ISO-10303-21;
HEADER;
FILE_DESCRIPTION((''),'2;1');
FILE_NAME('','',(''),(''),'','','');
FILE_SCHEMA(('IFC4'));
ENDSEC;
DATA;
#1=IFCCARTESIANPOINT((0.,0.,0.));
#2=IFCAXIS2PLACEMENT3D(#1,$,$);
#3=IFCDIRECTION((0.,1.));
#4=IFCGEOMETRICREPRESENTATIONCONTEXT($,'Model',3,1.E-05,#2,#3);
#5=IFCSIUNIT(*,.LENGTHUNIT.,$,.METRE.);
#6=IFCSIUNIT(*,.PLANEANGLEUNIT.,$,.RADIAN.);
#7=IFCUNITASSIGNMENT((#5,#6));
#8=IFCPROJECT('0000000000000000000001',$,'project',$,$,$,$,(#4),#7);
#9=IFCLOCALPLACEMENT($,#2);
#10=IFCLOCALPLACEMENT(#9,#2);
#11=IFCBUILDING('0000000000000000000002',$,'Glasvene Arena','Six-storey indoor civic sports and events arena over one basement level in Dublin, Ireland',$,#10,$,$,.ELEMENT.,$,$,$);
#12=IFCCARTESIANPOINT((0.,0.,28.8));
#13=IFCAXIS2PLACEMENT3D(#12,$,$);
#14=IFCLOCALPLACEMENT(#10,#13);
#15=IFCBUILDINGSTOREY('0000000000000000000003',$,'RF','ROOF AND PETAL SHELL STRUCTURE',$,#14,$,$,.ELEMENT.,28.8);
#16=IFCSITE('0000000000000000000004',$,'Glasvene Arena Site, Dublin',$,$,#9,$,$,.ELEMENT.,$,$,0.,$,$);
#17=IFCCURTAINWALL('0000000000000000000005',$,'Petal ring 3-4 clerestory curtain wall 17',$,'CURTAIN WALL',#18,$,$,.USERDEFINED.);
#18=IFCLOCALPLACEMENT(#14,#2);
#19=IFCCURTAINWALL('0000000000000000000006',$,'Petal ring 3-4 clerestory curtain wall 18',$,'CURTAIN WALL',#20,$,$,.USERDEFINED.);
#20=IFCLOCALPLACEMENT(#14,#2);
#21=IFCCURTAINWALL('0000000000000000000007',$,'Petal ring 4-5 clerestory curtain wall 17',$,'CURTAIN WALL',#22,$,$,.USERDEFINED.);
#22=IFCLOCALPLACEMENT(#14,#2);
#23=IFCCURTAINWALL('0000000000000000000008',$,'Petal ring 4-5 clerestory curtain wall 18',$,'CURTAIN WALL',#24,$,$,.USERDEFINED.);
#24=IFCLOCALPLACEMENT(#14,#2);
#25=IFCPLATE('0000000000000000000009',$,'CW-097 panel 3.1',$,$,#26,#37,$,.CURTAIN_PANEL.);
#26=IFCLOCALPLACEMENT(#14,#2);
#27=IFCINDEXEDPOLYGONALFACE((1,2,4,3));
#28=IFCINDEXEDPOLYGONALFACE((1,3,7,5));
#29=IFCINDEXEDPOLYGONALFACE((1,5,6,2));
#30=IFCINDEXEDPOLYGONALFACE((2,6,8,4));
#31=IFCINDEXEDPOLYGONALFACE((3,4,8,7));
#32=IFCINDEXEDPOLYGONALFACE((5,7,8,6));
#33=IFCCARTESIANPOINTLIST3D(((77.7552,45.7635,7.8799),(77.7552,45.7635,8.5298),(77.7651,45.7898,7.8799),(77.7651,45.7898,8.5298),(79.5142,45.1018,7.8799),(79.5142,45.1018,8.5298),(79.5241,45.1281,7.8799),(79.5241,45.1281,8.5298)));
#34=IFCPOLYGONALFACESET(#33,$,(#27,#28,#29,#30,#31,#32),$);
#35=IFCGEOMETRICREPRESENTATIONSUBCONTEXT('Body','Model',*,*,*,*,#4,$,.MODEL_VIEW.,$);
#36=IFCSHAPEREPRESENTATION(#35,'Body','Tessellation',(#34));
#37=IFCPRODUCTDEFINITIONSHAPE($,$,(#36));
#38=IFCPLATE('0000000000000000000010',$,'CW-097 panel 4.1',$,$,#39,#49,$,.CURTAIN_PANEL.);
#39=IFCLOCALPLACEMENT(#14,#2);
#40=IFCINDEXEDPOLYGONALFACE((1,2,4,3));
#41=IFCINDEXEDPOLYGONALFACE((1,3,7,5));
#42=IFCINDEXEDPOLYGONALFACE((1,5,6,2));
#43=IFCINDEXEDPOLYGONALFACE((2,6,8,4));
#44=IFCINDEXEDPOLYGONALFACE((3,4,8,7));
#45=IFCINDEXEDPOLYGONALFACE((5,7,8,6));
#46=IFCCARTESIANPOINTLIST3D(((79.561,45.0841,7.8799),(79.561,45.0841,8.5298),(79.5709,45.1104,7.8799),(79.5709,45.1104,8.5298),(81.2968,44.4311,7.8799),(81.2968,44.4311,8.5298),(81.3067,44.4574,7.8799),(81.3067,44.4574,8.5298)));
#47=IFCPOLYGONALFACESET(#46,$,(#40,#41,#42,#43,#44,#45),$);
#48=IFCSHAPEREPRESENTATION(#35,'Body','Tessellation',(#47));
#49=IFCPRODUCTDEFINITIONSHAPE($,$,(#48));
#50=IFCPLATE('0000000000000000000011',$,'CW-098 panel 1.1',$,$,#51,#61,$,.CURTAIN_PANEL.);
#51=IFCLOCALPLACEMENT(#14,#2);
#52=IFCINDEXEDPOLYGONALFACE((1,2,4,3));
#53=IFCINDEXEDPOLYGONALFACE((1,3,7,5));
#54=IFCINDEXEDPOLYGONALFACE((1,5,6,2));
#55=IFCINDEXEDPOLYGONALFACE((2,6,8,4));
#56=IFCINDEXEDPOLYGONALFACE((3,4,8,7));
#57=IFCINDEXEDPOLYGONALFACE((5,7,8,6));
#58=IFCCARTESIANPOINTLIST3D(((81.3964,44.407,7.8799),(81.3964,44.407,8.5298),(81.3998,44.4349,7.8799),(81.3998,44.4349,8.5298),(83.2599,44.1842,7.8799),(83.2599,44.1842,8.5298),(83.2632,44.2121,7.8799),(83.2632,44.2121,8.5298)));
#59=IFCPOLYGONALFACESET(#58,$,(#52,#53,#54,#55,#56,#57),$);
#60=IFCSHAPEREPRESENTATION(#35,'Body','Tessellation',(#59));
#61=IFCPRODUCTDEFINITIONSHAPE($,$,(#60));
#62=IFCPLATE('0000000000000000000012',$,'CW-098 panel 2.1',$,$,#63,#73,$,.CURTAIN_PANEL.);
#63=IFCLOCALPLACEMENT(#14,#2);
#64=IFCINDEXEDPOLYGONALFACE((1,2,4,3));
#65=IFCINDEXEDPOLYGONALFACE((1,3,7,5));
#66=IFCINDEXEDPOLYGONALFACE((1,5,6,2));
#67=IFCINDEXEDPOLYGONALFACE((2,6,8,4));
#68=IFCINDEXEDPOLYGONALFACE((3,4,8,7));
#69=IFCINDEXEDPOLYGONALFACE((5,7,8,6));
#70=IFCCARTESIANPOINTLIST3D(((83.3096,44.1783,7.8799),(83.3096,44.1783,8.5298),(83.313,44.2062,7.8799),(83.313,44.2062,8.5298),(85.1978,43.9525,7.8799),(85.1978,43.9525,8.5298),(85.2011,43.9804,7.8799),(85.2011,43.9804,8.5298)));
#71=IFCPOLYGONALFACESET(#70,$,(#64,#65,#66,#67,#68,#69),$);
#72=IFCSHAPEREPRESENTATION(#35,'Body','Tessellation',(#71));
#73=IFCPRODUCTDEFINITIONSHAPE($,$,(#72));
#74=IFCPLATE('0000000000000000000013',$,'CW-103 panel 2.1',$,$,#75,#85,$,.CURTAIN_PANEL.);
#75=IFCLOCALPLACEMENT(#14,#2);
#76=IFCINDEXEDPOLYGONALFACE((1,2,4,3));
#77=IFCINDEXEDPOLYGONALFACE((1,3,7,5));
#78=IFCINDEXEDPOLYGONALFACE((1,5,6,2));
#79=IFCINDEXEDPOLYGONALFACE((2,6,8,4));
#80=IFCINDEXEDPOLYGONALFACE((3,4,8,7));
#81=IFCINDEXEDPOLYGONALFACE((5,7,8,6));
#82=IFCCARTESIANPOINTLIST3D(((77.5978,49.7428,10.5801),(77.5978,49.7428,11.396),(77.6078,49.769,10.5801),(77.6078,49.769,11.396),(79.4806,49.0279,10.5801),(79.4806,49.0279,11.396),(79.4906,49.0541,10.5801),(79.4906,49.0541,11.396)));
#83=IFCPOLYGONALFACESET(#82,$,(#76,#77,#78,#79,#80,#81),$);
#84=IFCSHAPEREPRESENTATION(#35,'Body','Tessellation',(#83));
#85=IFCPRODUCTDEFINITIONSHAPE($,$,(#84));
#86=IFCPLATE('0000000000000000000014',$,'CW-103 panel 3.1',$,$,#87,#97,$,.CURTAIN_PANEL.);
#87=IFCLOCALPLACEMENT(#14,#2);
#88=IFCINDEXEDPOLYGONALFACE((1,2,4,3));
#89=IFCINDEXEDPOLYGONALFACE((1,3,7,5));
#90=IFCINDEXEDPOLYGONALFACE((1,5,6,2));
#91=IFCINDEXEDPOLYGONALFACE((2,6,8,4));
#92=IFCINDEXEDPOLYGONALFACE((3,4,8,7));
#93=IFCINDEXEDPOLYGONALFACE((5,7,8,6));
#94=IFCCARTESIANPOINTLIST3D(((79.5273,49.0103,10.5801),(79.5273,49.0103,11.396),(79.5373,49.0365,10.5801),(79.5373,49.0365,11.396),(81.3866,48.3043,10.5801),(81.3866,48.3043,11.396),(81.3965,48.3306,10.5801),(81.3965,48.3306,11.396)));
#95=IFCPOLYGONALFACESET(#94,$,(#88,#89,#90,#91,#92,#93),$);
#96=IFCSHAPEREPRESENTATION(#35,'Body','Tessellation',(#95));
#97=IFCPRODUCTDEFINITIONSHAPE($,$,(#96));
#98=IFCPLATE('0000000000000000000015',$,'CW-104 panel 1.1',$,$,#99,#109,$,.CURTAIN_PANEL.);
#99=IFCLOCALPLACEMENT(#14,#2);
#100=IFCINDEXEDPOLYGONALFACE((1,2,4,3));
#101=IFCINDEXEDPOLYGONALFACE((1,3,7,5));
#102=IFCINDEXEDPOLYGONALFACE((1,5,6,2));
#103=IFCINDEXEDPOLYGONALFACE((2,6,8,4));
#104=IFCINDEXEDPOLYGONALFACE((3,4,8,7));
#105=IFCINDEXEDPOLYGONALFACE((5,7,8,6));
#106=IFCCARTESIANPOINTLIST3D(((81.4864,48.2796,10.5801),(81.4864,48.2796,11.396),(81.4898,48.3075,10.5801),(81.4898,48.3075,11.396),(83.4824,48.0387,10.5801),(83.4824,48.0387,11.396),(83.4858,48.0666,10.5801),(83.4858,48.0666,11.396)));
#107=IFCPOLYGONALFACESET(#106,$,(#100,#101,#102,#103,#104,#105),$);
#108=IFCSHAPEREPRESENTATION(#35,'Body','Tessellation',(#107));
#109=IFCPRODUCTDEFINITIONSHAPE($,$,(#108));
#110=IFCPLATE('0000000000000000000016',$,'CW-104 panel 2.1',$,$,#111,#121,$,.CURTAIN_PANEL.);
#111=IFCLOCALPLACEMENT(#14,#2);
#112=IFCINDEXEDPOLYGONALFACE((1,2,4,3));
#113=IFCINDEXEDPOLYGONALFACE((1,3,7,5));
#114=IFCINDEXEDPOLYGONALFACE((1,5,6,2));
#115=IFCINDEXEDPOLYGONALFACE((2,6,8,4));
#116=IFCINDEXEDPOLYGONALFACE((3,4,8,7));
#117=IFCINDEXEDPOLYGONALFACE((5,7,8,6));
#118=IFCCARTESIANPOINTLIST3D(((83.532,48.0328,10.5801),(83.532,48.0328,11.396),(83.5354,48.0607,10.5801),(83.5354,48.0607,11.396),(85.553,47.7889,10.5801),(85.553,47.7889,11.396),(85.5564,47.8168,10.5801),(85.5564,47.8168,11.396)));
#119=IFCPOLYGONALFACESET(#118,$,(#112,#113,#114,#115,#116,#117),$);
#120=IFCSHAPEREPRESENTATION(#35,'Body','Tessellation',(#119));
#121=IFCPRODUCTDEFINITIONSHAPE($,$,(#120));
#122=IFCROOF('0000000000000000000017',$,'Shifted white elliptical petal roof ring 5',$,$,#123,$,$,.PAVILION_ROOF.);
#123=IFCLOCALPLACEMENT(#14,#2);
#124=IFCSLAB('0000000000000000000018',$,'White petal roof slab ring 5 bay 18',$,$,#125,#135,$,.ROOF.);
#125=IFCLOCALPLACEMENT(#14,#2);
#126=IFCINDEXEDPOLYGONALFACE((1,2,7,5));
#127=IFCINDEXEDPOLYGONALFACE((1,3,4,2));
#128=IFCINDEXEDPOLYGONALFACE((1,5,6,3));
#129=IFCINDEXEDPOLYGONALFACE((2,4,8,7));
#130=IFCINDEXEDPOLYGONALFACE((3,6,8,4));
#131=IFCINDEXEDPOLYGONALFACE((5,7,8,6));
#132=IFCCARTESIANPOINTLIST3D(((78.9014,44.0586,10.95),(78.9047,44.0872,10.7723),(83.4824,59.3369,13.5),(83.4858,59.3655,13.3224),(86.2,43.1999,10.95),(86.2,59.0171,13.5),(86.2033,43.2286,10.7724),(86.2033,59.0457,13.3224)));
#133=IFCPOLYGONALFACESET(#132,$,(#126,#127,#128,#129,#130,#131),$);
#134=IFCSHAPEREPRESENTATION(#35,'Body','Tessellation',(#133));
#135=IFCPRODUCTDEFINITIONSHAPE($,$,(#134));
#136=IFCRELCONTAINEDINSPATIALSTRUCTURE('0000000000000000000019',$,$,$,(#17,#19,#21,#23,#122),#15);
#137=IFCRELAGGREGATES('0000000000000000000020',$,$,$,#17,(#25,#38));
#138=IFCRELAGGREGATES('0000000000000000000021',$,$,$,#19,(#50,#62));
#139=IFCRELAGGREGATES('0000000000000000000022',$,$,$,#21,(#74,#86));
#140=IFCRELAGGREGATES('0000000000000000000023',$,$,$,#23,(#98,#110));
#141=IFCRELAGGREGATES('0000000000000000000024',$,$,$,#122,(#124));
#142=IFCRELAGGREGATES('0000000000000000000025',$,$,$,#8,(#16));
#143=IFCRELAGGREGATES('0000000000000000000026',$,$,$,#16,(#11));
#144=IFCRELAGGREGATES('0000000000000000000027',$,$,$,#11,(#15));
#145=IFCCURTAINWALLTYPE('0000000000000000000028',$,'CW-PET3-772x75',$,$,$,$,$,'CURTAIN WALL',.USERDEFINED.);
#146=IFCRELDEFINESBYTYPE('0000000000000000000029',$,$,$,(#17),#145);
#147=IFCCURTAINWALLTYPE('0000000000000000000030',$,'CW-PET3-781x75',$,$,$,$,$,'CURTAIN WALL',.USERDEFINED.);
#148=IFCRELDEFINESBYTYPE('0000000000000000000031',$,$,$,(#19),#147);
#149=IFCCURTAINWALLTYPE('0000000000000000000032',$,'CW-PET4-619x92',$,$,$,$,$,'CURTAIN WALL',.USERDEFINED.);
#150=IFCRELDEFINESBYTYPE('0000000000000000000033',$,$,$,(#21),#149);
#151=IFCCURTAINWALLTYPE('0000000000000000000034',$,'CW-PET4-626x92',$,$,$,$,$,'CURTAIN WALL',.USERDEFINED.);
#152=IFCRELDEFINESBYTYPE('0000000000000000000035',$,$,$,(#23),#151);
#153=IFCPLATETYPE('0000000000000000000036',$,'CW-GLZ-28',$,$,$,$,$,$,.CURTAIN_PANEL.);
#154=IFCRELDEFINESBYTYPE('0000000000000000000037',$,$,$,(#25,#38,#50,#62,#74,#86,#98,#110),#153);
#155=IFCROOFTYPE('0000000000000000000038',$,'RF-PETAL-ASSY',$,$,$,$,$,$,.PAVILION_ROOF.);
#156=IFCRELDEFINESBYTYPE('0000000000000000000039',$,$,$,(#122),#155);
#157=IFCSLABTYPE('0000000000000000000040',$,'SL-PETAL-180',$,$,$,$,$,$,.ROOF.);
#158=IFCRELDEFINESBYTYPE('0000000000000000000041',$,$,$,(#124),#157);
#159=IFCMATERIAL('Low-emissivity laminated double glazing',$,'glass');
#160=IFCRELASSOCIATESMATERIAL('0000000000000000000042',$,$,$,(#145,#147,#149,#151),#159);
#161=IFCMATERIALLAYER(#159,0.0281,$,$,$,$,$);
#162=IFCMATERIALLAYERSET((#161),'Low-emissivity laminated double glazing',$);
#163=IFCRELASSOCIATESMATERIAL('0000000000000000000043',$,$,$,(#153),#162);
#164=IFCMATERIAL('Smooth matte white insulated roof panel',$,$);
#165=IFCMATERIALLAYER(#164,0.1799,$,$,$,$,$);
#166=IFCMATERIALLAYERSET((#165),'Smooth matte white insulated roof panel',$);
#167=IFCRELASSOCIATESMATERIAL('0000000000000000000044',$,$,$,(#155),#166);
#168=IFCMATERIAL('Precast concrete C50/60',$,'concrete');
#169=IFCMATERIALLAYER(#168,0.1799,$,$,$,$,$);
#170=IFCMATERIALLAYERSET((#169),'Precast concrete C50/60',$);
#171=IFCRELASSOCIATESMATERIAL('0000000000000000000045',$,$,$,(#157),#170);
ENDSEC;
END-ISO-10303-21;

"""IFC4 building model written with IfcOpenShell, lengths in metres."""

from ifc_helpers import new_model, si_unit, direction, frame, origin, origin_2d, place, context, subcontext, project, spatial, polyline, rectangle, outline, extrude, material, layer, layer_set, type_object, element, aggregate, save


model = new_model("IFC4")

# Units and contexts
model_context = context("Model", 3, precision=1e-05, world=origin(), true_north=direction((0.0, 1.0)))
body_context = subcontext(model_context, "Body", "Model", "MODEL_VIEW")
ifc_project = project(units=[si_unit("LENGTHUNIT", "METRE"), si_unit("PLANEANGLEUNIT", "RADIAN")], contexts=[model_context])

# Site, building, storey
site_placement = place(None, origin())
site = spatial("IfcSite", under=ifc_project, at=site_placement, Name="Glasvene Arena Site, Dublin", CompositionType="ELEMENT", RefElevation=0.0)
building_placement = place(site_placement, origin())
building = spatial("IfcBuilding", under=site, at=building_placement, Name="Glasvene Arena", Description="Six-storey indoor civic sports and events arena over one basement level in Dublin, Ireland", CompositionType="ELEMENT")
storey_placement = place(building_placement, frame((0.0, 0.0, 28.8)))
storey = spatial("IfcBuildingStorey", under=building, at=storey_placement, Name="RF", Description="ROOF AND PETAL SHELL STRUCTURE", CompositionType="ELEMENT", Elevation=28.8)

# Curtain walls
ifc_material_1 = material(Name="Low-emissivity laminated double glazing", Category="glass")
curtain_wall_type_1 = type_object("IfcCurtainWallType", Name="CW-PET3-772x75", ElementType="CURTAIN WALL", PredefinedType="USERDEFINED", material=ifc_material_1)
curtain_wall_1_placement = place(storey_placement, frame((74.125, 47.144, 0.0)))
curtain_wall_1 = element("IfcCurtainWall", 1, at=curtain_wall_1_placement, inside=storey, type_object=curtain_wall_type_1, Name="Petal ring 3-4 clerestory curtain wall 17", ObjectType="CURTAIN WALL", PredefinedType="USERDEFINED")
curtain_wall_type_2 = type_object("IfcCurtainWallType", Name="CW-PET3-781x75", ElementType="CURTAIN WALL", PredefinedType="USERDEFINED", material=ifc_material_1)
curtain_wall_2_placement = place(storey_placement, frame((81.3484, 44.4268, 0.0)))
curtain_wall_2 = element("IfcCurtainWall", 2, at=curtain_wall_2_placement, inside=storey, type_object=curtain_wall_type_2, Name="Petal ring 3-4 clerestory curtain wall 18", ObjectType="CURTAIN WALL", PredefinedType="USERDEFINED")
curtain_wall_type_3 = type_object("IfcCurtainWallType", Name="CW-PET4-619x92", ElementType="CURTAIN WALL", PredefinedType="USERDEFINED", material=ifc_material_1)
curtain_wall_3_placement = place(storey_placement, frame((75.6499, 50.4973, 0.0)))
curtain_wall_3 = element("IfcCurtainWall", 3, at=curtain_wall_3_placement, inside=storey, type_object=curtain_wall_type_3, Name="Petal ring 4-5 clerestory curtain wall 17", ObjectType="CURTAIN WALL", PredefinedType="USERDEFINED")
curtain_wall_type_4 = type_object("IfcCurtainWallType", Name="CW-PET4-626x92", ElementType="CURTAIN WALL", PredefinedType="USERDEFINED", material=ifc_material_1)
curtain_wall_4_placement = place(storey_placement, frame((81.4382, 48.2996, 0.0)))
curtain_wall_4 = element("IfcCurtainWall", 4, at=curtain_wall_4_placement, inside=storey, type_object=curtain_wall_type_4, Name="Petal ring 4-5 clerestory curtain wall 18", ObjectType="CURTAIN WALL", PredefinedType="USERDEFINED")

# Plates
ifc_layer_1 = layer(ifc_material_1, 0.0281)
ifc_layer_set_1 = layer_set([ifc_layer_1], Name="Low-emissivity laminated double glazing")
plate_type = type_object("IfcPlateType", Name="CW-GLZ-28", PredefinedType="CURTAIN_PANEL", material=ifc_layer_set_1)
plate_1_placement = place(storey_placement, frame((78.6396, 45.4458, 7.8799), z_axis=(0.0, 0.0, 1.0), x_axis=(0.935966, -0.352092, 0.0)))
plate_1 = element("IfcPlate", 5, at=plate_1_placement, type_object=plate_type, Name="CW-097 panel 3.1", PredefinedType="CURTAIN_PANEL", context=body_context, shape_type="SweptSolid", body=[
    extrude(rectangle(XDim=1.8794, YDim=0.0281, at=origin_2d()), origin(), (0.0, 0.0, 1.0), 0.6499),
])
plate_2_placement = place(storey_placement, frame((80.4338, 44.7708, 7.8799), z_axis=(0.0, 0.0, 1.0), x_axis=(0.935966, -0.352092, 0.0)))
plate_2 = element("IfcPlate", 6, at=plate_2_placement, type_object=plate_type, Name="CW-097 panel 4.1", PredefinedType="CURTAIN_PANEL", context=body_context, shape_type="SweptSolid", body=[
    extrude(rectangle(XDim=1.8545, YDim=0.0281, at=origin_2d()), origin(), (0.0, 0.0, 1.0), 0.6499),
])
aggregate(curtain_wall_1, [plate_1, plate_2])
plate_3_placement = place(storey_placement, frame((82.3298, 44.3096, 7.8799), z_axis=(0.0, 0.0, 1.0), x_axis=(0.992928, -0.118717, 0.0)))
plate_3 = element("IfcPlate", 7, at=plate_3_placement, type_object=plate_type, Name="CW-098 panel 1.1", PredefinedType="CURTAIN_PANEL", context=body_context, shape_type="SweptSolid", body=[
    extrude(rectangle(XDim=1.8767, YDim=0.0281, at=origin_2d()), origin(), (0.0, 0.0, 1.0), 0.6499),
])
plate_4_placement = place(storey_placement, frame((84.2554, 44.0793, 7.8799), z_axis=(0.0, 0.0, 1.0), x_axis=(0.992928, -0.118717, 0.0)))
plate_4 = element("IfcPlate", 8, at=plate_4_placement, type_object=plate_type, Name="CW-098 panel 2.1", PredefinedType="CURTAIN_PANEL", context=body_context, shape_type="SweptSolid", body=[
    extrude(rectangle(XDim=1.9016, YDim=0.0281, at=origin_2d()), origin(), (0.0, 0.0, 1.0), 0.6499),
])
aggregate(curtain_wall_2, [plate_3, plate_4])
plate_5_placement = place(storey_placement, frame((78.5442, 49.3984, 10.5801), z_axis=(0.0, 0.0, 1.0), x_axis=(0.934878, -0.35497, 0.0)))
plate_5 = element("IfcPlate", 9, at=plate_5_placement, type_object=plate_type, Name="CW-103 panel 2.1", PredefinedType="CURTAIN_PANEL", context=body_context, shape_type="SweptSolid", body=[
    extrude(rectangle(XDim=2.0139, YDim=0.0281, at=origin_2d()), origin(), (0.0, 0.0, 1.0), 0.8159),
])
plate_6_placement = place(storey_placement, frame((80.4619, 48.6704, 10.5801), z_axis=(0.0, 0.0, 1.0), x_axis=(0.934878, -0.35497, 0.0)))
plate_6 = element("IfcPlate", 10, at=plate_6_placement, type_object=plate_type, Name="CW-103 panel 3.1", PredefinedType="CURTAIN_PANEL", context=body_context, shape_type="SweptSolid", body=[
    extrude(rectangle(XDim=1.9888, YDim=0.0281, at=origin_2d()), origin(), (0.0, 0.0, 1.0), 0.8159),
])
aggregate(curtain_wall_3, [plate_5, plate_6])
plate_7_placement = place(storey_placement, frame((82.4861, 48.1731, 10.5801), z_axis=(0.0, 0.0, 1.0), x_axis=(0.992797, -0.119806, 0.0)))
plate_7 = element("IfcPlate", 11, at=plate_7_placement, type_object=plate_type, Name="CW-104 panel 1.1", PredefinedType="CURTAIN_PANEL", context=body_context, shape_type="SweptSolid", body=[
    extrude(rectangle(XDim=2.0105, YDim=0.0281, at=origin_2d()), origin(), (0.0, 0.0, 1.0), 0.8159),
])
plate_8_placement = place(storey_placement, frame((84.5442, 47.9248, 10.5801), z_axis=(0.0, 0.0, 1.0), x_axis=(0.992797, -0.119806, 0.0)))
plate_8 = element("IfcPlate", 12, at=plate_8_placement, type_object=plate_type, Name="CW-104 panel 2.1", PredefinedType="CURTAIN_PANEL", context=body_context, shape_type="SweptSolid", body=[
    extrude(rectangle(XDim=2.0356, YDim=0.0281, at=origin_2d()), origin(), (0.0, 0.0, 1.0), 0.8159),
])
aggregate(curtain_wall_4, [plate_7, plate_8])

# Roof, slab
ifc_material_2 = material(Name="Smooth matte white insulated roof panel")
ifc_layer_2 = layer(ifc_material_2, 0.1799)
ifc_layer_set_2 = layer_set([ifc_layer_2], Name="Smooth matte white insulated roof panel")
roof_type = type_object("IfcRoofType", Name="RF-PETAL-ASSY", PredefinedType="PAVILION_ROOF", material=ifc_layer_set_2)
roof_placement = place(storey_placement, frame((86.2, 68.3999, 10.95)))
roof = element("IfcRoof", 13, at=roof_placement, inside=storey, type_object=roof_type, Name="Shifted white elliptical petal roof ring 5", PredefinedType="PAVILION_ROOF")
ifc_material_3 = material(Name="Precast concrete C50/60", Category="concrete")
ifc_layer_3 = layer(ifc_material_3, 0.1799)
ifc_layer_set_3 = layer_set([ifc_layer_3], Name="Precast concrete C50/60")
slab_type = type_object("IfcSlabType", Name="SL-PETAL-180", PredefinedType="ROOF", material=ifc_layer_set_3)
slab_placement = place(storey_placement, frame((78.9014, 44.0586, 10.95), z_axis=(-0.018724, -0.159137, 0.987079), x_axis=(0.993151, -0.11684, 0.000002)))
slab = element("IfcSlab", 14, at=slab_placement, type_object=slab_type, Name="White petal roof slab ring 5 bay 18", PredefinedType="ROOF", context=body_context, shape_type="SweptSolid", body=[
    extrude(outline(polyline([(0.0, 0.0), (7.3489, 0.0), (5.5009, 15.9144), (2.7646, 15.9146), (0.0, 0.0)])), origin(), (0.0, 0.0, -1.0), 0.1799),
])
aggregate(roof, [slab])

save(model, "model.ifc")
